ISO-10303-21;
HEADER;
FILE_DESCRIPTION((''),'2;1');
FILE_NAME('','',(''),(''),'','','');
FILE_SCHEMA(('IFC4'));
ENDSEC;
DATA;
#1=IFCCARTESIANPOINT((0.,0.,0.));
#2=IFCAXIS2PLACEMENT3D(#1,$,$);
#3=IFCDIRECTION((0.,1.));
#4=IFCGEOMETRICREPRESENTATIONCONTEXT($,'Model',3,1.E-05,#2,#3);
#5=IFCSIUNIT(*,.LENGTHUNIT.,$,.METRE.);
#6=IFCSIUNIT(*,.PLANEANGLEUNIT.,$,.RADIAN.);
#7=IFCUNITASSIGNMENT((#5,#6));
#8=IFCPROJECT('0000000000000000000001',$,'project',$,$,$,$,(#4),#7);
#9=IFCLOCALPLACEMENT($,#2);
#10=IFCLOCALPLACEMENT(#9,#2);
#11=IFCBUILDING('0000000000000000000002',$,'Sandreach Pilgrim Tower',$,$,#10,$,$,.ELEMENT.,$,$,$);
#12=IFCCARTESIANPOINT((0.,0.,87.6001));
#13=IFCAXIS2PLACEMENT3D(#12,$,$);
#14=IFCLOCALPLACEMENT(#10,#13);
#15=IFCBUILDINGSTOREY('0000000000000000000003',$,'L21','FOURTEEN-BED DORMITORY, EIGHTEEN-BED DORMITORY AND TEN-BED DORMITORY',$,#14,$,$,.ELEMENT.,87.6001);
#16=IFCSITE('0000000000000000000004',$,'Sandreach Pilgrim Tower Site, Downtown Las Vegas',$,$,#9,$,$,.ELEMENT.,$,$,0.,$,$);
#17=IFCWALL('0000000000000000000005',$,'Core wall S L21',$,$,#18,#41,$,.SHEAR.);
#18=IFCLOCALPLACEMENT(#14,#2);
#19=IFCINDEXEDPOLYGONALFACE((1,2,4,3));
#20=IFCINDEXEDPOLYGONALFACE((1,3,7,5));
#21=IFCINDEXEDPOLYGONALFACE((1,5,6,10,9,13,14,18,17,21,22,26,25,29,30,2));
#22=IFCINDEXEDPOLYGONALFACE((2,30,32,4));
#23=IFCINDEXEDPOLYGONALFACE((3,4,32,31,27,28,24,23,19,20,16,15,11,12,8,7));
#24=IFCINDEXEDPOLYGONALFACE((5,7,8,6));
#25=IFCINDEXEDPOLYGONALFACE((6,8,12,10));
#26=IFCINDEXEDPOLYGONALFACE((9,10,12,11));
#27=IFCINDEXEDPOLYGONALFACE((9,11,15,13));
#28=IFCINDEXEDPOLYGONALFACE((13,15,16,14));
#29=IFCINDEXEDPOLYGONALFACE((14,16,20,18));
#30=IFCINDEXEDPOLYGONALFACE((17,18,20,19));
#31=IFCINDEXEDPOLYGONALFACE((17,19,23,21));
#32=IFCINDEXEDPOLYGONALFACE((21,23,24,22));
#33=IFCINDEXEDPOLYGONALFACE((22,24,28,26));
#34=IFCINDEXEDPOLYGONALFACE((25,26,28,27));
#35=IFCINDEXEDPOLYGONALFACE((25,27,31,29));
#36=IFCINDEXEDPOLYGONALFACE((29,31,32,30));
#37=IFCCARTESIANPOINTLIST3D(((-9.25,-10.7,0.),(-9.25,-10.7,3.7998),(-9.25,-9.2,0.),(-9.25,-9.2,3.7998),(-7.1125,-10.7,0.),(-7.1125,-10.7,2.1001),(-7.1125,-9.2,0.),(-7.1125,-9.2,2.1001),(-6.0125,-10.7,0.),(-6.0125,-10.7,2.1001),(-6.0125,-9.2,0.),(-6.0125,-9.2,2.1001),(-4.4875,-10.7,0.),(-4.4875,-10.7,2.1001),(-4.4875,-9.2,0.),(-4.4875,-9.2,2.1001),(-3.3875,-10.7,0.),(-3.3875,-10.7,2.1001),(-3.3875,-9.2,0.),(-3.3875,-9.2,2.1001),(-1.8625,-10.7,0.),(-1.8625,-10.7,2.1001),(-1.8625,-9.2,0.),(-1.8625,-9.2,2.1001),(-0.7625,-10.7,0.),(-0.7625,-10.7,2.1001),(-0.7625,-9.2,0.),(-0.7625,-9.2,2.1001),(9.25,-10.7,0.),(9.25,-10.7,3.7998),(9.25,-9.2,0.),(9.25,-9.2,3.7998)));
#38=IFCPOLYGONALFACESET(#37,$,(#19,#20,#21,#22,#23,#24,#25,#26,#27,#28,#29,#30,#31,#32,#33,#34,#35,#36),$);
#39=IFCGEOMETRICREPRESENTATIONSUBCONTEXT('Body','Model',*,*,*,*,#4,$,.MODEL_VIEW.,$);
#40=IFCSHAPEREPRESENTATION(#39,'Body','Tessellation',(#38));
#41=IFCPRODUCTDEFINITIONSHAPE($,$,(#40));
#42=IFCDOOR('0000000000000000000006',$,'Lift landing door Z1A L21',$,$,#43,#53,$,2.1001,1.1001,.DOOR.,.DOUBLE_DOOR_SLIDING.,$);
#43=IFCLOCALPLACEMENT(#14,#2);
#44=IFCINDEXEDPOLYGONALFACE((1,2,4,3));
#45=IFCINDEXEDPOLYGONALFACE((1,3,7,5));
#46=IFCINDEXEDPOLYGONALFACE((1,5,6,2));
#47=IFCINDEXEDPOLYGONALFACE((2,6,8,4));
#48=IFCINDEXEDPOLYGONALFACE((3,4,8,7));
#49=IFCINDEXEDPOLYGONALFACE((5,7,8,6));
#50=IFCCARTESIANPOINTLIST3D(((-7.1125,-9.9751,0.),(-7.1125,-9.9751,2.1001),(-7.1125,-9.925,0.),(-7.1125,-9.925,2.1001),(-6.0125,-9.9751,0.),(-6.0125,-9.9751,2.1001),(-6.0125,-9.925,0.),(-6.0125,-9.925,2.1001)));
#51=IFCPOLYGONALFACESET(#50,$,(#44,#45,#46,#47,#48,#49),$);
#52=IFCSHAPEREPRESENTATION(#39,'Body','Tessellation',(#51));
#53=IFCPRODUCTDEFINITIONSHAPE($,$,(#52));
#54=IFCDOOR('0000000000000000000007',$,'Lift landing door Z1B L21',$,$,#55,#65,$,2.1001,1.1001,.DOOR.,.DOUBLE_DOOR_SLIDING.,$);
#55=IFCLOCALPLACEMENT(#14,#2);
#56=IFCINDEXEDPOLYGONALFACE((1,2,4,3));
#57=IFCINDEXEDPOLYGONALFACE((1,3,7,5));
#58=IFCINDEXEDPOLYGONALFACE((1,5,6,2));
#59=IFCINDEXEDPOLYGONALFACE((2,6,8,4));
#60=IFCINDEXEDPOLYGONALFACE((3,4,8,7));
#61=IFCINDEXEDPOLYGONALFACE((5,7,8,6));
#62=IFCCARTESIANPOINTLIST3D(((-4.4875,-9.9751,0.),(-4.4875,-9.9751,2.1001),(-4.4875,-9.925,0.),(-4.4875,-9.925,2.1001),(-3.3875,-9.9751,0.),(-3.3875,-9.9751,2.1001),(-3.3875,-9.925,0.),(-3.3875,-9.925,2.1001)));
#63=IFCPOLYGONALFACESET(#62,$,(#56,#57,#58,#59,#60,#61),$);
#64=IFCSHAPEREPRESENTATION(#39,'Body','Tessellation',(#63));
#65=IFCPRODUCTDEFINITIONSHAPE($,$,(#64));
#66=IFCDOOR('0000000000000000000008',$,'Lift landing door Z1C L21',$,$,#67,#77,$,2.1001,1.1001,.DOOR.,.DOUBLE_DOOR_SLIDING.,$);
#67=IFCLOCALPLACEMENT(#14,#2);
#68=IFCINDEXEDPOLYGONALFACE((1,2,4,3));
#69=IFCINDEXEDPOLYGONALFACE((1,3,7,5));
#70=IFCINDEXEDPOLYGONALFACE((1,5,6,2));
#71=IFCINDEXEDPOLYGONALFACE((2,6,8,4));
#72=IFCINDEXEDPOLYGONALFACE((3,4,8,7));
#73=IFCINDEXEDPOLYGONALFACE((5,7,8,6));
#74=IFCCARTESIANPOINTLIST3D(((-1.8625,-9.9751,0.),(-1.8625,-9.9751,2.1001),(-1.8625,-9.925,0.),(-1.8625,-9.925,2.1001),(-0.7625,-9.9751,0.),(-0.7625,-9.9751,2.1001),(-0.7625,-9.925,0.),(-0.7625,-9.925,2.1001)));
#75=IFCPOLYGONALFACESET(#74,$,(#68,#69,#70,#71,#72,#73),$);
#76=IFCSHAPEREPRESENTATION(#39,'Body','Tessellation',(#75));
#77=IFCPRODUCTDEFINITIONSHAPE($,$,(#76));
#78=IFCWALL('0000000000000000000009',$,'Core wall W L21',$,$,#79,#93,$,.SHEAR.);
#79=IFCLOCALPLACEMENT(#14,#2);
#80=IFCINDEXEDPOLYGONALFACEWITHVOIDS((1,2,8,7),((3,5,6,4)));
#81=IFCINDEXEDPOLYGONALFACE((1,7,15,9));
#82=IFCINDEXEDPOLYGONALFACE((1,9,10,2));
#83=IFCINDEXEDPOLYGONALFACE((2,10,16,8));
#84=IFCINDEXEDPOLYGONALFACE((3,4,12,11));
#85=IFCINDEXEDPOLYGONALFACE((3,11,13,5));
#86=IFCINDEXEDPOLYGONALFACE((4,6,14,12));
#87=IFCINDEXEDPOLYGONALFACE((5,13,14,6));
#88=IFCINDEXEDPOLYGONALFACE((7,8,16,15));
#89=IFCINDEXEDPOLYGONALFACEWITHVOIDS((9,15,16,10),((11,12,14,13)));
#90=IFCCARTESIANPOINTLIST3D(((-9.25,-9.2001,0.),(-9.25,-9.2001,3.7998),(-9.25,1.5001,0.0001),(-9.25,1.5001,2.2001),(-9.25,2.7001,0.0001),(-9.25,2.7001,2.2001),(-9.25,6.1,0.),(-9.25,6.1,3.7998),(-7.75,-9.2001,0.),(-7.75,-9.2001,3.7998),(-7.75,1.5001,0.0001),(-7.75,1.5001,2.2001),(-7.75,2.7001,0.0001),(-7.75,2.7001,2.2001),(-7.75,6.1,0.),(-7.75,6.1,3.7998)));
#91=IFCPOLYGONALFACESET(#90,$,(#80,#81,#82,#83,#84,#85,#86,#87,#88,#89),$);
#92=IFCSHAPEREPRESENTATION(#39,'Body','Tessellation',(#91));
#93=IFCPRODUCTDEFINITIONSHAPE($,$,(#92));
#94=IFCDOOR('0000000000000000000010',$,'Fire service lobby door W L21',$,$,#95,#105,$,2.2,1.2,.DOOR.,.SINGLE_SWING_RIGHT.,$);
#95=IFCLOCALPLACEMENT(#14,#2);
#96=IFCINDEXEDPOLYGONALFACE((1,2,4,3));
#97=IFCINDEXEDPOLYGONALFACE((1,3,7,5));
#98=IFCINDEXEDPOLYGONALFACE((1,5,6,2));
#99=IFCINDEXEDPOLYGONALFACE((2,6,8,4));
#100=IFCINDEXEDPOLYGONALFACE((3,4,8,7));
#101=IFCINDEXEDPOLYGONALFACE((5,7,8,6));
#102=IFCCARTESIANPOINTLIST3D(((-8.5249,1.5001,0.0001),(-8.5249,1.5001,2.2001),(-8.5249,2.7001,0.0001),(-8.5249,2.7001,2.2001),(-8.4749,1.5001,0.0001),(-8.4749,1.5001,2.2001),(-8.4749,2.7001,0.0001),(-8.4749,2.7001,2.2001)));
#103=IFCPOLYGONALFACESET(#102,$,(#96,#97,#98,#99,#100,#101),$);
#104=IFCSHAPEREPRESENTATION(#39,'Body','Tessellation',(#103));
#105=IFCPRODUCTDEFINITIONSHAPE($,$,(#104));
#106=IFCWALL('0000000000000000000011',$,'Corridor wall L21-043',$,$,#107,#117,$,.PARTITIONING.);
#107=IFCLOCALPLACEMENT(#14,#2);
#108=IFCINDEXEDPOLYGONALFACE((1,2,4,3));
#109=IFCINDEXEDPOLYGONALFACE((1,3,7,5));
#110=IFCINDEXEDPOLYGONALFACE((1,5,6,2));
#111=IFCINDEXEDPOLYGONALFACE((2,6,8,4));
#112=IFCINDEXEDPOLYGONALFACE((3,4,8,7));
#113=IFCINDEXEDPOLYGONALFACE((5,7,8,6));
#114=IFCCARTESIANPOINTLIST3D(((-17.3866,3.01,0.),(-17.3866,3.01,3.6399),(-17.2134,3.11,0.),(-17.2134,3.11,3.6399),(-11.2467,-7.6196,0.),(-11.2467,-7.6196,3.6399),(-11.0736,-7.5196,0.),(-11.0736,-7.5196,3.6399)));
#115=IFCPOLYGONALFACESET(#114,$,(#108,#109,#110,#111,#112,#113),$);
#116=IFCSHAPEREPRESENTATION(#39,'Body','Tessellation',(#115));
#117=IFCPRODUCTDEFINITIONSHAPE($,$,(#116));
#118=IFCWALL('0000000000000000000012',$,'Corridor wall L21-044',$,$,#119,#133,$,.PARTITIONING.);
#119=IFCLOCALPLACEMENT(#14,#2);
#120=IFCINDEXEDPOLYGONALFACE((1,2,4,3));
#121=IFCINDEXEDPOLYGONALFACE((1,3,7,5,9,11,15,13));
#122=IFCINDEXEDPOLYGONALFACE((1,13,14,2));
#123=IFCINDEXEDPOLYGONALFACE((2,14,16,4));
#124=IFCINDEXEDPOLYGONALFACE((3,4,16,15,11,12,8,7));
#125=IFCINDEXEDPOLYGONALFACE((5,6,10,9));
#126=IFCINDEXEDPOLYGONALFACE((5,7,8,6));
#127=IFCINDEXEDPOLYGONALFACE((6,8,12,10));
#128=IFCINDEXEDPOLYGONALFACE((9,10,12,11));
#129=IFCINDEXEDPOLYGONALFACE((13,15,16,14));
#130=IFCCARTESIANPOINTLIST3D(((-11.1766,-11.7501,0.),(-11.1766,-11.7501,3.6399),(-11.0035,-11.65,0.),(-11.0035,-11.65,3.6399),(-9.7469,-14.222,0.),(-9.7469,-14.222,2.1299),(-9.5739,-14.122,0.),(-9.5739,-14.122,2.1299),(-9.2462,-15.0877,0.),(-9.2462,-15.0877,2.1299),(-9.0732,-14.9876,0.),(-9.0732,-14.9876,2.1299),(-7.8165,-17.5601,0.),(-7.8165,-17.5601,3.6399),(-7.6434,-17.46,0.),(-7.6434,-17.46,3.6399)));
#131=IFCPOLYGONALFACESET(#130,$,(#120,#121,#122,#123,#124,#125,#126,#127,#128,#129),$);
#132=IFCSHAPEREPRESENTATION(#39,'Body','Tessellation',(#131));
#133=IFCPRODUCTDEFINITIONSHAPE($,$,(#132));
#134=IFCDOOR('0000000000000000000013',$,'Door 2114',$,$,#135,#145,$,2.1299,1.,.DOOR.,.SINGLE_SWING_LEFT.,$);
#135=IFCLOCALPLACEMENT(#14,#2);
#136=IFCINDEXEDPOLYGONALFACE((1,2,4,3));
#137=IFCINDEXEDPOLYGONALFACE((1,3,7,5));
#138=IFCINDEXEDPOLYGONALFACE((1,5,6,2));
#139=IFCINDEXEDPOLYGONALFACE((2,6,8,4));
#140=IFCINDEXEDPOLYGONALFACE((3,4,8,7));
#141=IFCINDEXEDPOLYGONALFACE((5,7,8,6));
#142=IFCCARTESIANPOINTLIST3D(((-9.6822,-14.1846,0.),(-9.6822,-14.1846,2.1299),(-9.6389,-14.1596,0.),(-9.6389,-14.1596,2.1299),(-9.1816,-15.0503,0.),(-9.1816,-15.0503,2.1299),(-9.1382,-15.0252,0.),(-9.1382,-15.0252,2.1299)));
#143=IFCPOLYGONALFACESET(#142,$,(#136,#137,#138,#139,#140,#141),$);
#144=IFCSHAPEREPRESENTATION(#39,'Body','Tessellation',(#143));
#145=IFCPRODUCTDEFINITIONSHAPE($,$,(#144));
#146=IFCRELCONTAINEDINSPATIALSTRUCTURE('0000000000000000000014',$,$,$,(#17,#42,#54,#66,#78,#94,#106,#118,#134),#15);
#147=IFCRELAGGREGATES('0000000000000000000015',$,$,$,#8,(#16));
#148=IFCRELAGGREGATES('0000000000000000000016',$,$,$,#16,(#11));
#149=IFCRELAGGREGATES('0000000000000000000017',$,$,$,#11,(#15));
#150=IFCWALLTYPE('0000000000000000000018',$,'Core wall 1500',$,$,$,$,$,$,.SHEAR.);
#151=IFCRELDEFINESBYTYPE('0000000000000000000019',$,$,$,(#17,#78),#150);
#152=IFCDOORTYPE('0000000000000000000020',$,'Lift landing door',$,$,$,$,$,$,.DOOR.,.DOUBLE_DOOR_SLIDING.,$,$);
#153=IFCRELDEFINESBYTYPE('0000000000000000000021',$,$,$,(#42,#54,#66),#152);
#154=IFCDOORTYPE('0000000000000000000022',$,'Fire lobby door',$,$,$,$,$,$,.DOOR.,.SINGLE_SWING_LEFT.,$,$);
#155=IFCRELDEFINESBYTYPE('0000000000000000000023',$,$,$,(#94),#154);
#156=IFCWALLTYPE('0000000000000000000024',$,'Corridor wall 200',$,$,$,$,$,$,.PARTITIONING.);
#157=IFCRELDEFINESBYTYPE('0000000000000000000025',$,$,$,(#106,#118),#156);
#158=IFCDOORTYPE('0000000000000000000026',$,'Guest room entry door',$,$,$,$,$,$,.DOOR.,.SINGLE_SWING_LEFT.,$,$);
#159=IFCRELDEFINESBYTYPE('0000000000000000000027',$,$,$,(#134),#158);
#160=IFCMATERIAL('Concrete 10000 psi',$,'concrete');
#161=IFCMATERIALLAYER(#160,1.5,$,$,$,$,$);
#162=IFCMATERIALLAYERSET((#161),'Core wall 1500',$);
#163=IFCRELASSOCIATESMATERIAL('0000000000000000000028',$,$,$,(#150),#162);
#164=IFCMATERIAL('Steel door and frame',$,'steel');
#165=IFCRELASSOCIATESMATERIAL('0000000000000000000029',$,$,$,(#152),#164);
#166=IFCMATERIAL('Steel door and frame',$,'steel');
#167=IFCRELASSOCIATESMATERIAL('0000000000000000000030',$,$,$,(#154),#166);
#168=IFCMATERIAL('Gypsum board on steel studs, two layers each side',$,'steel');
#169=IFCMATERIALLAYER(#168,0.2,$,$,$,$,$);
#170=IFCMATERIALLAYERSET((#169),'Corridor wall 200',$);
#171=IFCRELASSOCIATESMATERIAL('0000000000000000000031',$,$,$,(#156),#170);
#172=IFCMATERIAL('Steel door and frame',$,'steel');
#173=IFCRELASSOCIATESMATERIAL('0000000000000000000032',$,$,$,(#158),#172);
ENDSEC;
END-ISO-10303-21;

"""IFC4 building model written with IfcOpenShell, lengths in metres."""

from ifc_helpers import new_model, si_unit, direction, frame, frame_2d, origin, place, context, subcontext, project, spatial, rectangle, extrude, material, layer, layer_set, type_object, element, fill, save


model = new_model("IFC4")

# Units and contexts
model_context = context("Model", 3, precision=1e-05, world=origin(), true_north=direction((0.0, 1.0)))
body_context = subcontext(model_context, "Body", "Model", "MODEL_VIEW")
ifc_project = project(units=[si_unit("LENGTHUNIT", "METRE"), si_unit("PLANEANGLEUNIT", "RADIAN")], contexts=[model_context])

# Site, building, storey
site_placement = place(None, origin())
site = spatial("IfcSite", under=ifc_project, at=site_placement, Name="Sandreach Pilgrim Tower Site, Downtown Las Vegas", CompositionType="ELEMENT", RefElevation=0.0)
building_placement = place(site_placement, origin())
building = spatial("IfcBuilding", under=site, at=building_placement, Name="Sandreach Pilgrim Tower", CompositionType="ELEMENT")
storey_placement = place(building_placement, frame((0.0, 0.0, 87.6001)))
storey = spatial("IfcBuildingStorey", under=building, at=storey_placement, Name="L21", Description="FOURTEEN-BED DORMITORY, EIGHTEEN-BED DORMITORY AND TEN-BED DORMITORY", CompositionType="ELEMENT", Elevation=87.6001)

# Wall, openings, doors
ifc_material_1 = material(Name="Concrete 10000 psi", Category="concrete")
ifc_layer_1 = layer(ifc_material_1, 1.5)
ifc_layer_set_1 = layer_set([ifc_layer_1], Name="Core wall 1500")
wall_type_1 = type_object("IfcWallType", Name="Core wall 1500", PredefinedType="SHEAR", material=ifc_layer_set_1)
wall_1_placement = place(storey_placement, frame((-9.25, -9.95, 0.0), z_axis=(0.0, 0.0, 1.0), x_axis=(1.0, 0.0, 0.0)))
wall_1 = element("IfcWall", 1, at=wall_1_placement, inside=storey, type_object=wall_type_1, Name="Core wall S L21", PredefinedType="SHEAR", context=body_context, shape_type="SweptSolid", body=[
    extrude(rectangle(XDim=18.5, YDim=1.5, at=frame_2d((9.25, 0.0))), origin(), (0.0, 0.0, 1.0), 3.7998),
])
opening_1_placement = place(wall_1_placement, frame((2.1375, 0.0, 0.0)))
opening_1 = element("IfcOpeningElement", 2, at=opening_1_placement, cuts=wall_1, PredefinedType="OPENING", context=body_context, shape_type="SweptSolid", body=[
    extrude(rectangle(XDim=1.1001, YDim=2.1001, at=frame_2d((0.55, 1.05))), frame((0.0, 0.75, 0.0), z_axis=(0.0, -1.0, 0.0), x_axis=(1.0, 0.0, 0.0)), (0.0, 0.0, 1.0), 1.5),
])
opening_2_placement = place(wall_1_placement, frame((4.7625, 0.0, 0.0)))
opening_2 = element("IfcOpeningElement", 3, at=opening_2_placement, cuts=wall_1, PredefinedType="OPENING", context=body_context, shape_type="SweptSolid", body=[
    extrude(rectangle(XDim=1.1001, YDim=2.1001, at=frame_2d((0.55, 1.05))), frame((0.0, 0.75, 0.0), z_axis=(0.0, -1.0, 0.0), x_axis=(1.0, 0.0, 0.0)), (0.0, 0.0, 1.0), 1.5),
])
opening_3_placement = place(wall_1_placement, frame((7.3875, 0.0, 0.0)))
opening_3 = element("IfcOpeningElement", 4, at=opening_3_placement, cuts=wall_1, PredefinedType="OPENING", context=body_context, shape_type="SweptSolid", body=[
    extrude(rectangle(XDim=1.1001, YDim=2.1001, at=frame_2d((0.55, 1.05))), frame((0.0, 0.75, 0.0), z_axis=(0.0, -1.0, 0.0), x_axis=(1.0, 0.0, 0.0)), (0.0, 0.0, 1.0), 1.5),
])
ifc_material_2 = material(Name="Steel door and frame", Category="steel")
door_type_1 = type_object("IfcDoorType", Name="Lift landing door", OperationType="DOUBLE_DOOR_SLIDING", PredefinedType="DOOR", material=ifc_material_2)
door_1_placement = place(opening_1_placement, origin())
door_1 = element("IfcDoor", 5, at=door_1_placement, inside=storey, type_object=door_type_1, Name="Lift landing door Z1A L21", OperationType="DOUBLE_DOOR_SLIDING", OverallHeight=2.1001, OverallWidth=1.1001, PredefinedType="DOOR", context=body_context, shape_type="SweptSolid", body=[
    extrude(rectangle(XDim=1.1001, YDim=2.1001, at=frame_2d((0.55, 1.05))), frame((0.0, 0.0249, 0.0), z_axis=(0.0, -1.0, 0.0), x_axis=(1.0, 0.0, 0.0)), (0.0, 0.0, 1.0), 0.05),
])
fill(opening_1, door_1)
door_2_placement = place(opening_2_placement, origin())
door_2 = element("IfcDoor", 6, at=door_2_placement, inside=storey, type_object=door_type_1, Name="Lift landing door Z1B L21", OperationType="DOUBLE_DOOR_SLIDING", OverallHeight=2.1001, OverallWidth=1.1001, PredefinedType="DOOR", context=body_context, shape_type="SweptSolid", body=[
    extrude(rectangle(XDim=1.1001, YDim=2.1001, at=frame_2d((0.55, 1.05))), frame((0.0, 0.0249, 0.0), z_axis=(0.0, -1.0, 0.0), x_axis=(1.0, 0.0, 0.0)), (0.0, 0.0, 1.0), 0.05),
])
fill(opening_2, door_2)
door_3_placement = place(opening_3_placement, origin())
door_3 = element("IfcDoor", 7, at=door_3_placement, inside=storey, type_object=door_type_1, Name="Lift landing door Z1C L21", OperationType="DOUBLE_DOOR_SLIDING", OverallHeight=2.1001, OverallWidth=1.1001, PredefinedType="DOOR", context=body_context, shape_type="SweptSolid", body=[
    extrude(rectangle(XDim=1.1001, YDim=2.1001, at=frame_2d((0.55, 1.05))), frame((0.0, 0.0249, 0.0), z_axis=(0.0, -1.0, 0.0), x_axis=(1.0, 0.0, 0.0)), (0.0, 0.0, 1.0), 0.05),
])
fill(opening_3, door_3)

# Wall, opening, door
wall_2_placement = place(storey_placement, frame((-8.5, -9.2, 0.0), z_axis=(0.0, 0.0, 1.0), x_axis=(0.0, 1.0, 0.0)))
wall_2 = element("IfcWall", 8, at=wall_2_placement, inside=storey, type_object=wall_type_1, Name="Core wall W L21", PredefinedType="SHEAR", context=body_context, shape_type="SweptSolid", body=[
    extrude(rectangle(XDim=15.3, YDim=1.5, at=frame_2d((7.6499, 0.0))), origin(), (0.0, 0.0, 1.0), 3.7998),
])
opening_4_placement = place(wall_2_placement, frame((10.7, 0.0, 0.0)))
opening_4 = element("IfcOpeningElement", 9, at=opening_4_placement, cuts=wall_2, PredefinedType="OPENING", context=body_context, shape_type="SweptSolid", body=[
    extrude(rectangle(XDim=1.2, YDim=2.2, at=frame_2d((0.6001, 1.1001))), frame((0.0, 0.75, 0.0), z_axis=(0.0, -1.0, 0.0), x_axis=(1.0, 0.0, 0.0)), (0.0, 0.0, 1.0), 1.5),
])
ifc_material_3 = material(Name="Steel door and frame", Category="steel")
door_type_2 = type_object("IfcDoorType", Name="Fire lobby door", OperationType="SINGLE_SWING_LEFT", PredefinedType="DOOR", material=ifc_material_3)
door_4_placement = place(opening_4_placement, origin())
door_4 = element("IfcDoor", 10, at=door_4_placement, inside=storey, type_object=door_type_2, Name="Fire service lobby door W L21", OperationType="SINGLE_SWING_RIGHT", OverallHeight=2.2, OverallWidth=1.2, PredefinedType="DOOR", context=body_context, shape_type="SweptSolid", body=[
    extrude(rectangle(XDim=1.2, YDim=2.2, at=frame_2d((0.6001, 1.1001))), frame((0.0, 0.0249, 0.0), z_axis=(0.0, -1.0, 0.0), x_axis=(1.0, 0.0, 0.0)), (0.0, 0.0, 1.0), 0.05),
])
fill(opening_4, door_4)
ifc_material_4 = material(Name="Gypsum board on steel studs, two layers each side", Category="steel")
ifc_layer_2 = layer(ifc_material_4, 0.2)
ifc_layer_set_2 = layer_set([ifc_layer_2], Name="Corridor wall 200")
wall_type_2 = type_object("IfcWallType", Name="Corridor wall 200", PredefinedType="PARTITIONING", material=ifc_layer_set_2)
ifc_material_5 = material(Name="Steel door and frame", Category="steel")
door_type_3 = type_object("IfcDoorType", Name="Guest room entry door", OperationType="SINGLE_SWING_LEFT", PredefinedType="DOOR", material=ifc_material_5)

# Wall
wall_3_placement = place(storey_placement, frame((-11.1602, -7.5696, 0.0), z_axis=(0.0, 0.0, 1.0), x_axis=(-0.500175, 0.865924, 0.0)))
element("IfcWall", 11, at=wall_3_placement, inside=storey, type_object=wall_type_2, Name="Corridor wall L21-043", PredefinedType="PARTITIONING", context=body_context, shape_type="SweptSolid", body=[
    extrude(rectangle(XDim=12.2754, YDim=0.2, at=frame_2d((6.1377, 0.0))), origin(), (0.0, 0.0, 1.0), 3.6399),
])

# Wall, opening, door
wall_4_placement = place(storey_placement, frame((-11.0901, -11.7, 0.0), z_axis=(0.0, 0.0, 1.0), x_axis=(0.500633, -0.865659, 0.0)))
wall_4 = element("IfcWall", 12, at=wall_4_placement, inside=storey, type_object=wall_type_2, Name="Corridor wall L21-044", PredefinedType="PARTITIONING", context=body_context, shape_type="SweptSolid", body=[
    extrude(rectangle(XDim=6.7117, YDim=0.2, at=frame_2d((3.356, 0.0))), origin(), (0.0, 0.0, 1.0), 3.6399),
])
opening_5_placement = place(wall_4_placement, frame((2.8557, 0.0, 0.0)))
opening_5 = element("IfcOpeningElement", 13, at=opening_5_placement, cuts=wall_4, PredefinedType="OPENING", context=body_context, shape_type="SweptSolid", body=[
    extrude(rectangle(XDim=1.0, YDim=2.1299, at=frame_2d((0.5, 1.0649))), frame((0.0, 0.1001, 0.0), z_axis=(0.0, -1.0, 0.0), x_axis=(1.0, 0.0, 0.0)), (0.0, 0.0, 1.0), 0.2),
])
door_5_placement = place(opening_5_placement, origin())
door_5 = element("IfcDoor", 14, at=door_5_placement, inside=storey, type_object=door_type_3, Name="Door 2114", OperationType="SINGLE_SWING_LEFT", OverallHeight=2.1299, OverallWidth=1.0, PredefinedType="DOOR", context=body_context, shape_type="SweptSolid", body=[
    extrude(rectangle(XDim=1.0, YDim=2.1299, at=frame_2d((0.5, 1.0649))), frame((0.0, 0.0249, 0.0), z_axis=(0.0, -1.0, 0.0), x_axis=(1.0, 0.0, 0.0)), (0.0, 0.0, 1.0), 0.05),
])
fill(opening_5, door_5)

save(model, "model.ifc")
